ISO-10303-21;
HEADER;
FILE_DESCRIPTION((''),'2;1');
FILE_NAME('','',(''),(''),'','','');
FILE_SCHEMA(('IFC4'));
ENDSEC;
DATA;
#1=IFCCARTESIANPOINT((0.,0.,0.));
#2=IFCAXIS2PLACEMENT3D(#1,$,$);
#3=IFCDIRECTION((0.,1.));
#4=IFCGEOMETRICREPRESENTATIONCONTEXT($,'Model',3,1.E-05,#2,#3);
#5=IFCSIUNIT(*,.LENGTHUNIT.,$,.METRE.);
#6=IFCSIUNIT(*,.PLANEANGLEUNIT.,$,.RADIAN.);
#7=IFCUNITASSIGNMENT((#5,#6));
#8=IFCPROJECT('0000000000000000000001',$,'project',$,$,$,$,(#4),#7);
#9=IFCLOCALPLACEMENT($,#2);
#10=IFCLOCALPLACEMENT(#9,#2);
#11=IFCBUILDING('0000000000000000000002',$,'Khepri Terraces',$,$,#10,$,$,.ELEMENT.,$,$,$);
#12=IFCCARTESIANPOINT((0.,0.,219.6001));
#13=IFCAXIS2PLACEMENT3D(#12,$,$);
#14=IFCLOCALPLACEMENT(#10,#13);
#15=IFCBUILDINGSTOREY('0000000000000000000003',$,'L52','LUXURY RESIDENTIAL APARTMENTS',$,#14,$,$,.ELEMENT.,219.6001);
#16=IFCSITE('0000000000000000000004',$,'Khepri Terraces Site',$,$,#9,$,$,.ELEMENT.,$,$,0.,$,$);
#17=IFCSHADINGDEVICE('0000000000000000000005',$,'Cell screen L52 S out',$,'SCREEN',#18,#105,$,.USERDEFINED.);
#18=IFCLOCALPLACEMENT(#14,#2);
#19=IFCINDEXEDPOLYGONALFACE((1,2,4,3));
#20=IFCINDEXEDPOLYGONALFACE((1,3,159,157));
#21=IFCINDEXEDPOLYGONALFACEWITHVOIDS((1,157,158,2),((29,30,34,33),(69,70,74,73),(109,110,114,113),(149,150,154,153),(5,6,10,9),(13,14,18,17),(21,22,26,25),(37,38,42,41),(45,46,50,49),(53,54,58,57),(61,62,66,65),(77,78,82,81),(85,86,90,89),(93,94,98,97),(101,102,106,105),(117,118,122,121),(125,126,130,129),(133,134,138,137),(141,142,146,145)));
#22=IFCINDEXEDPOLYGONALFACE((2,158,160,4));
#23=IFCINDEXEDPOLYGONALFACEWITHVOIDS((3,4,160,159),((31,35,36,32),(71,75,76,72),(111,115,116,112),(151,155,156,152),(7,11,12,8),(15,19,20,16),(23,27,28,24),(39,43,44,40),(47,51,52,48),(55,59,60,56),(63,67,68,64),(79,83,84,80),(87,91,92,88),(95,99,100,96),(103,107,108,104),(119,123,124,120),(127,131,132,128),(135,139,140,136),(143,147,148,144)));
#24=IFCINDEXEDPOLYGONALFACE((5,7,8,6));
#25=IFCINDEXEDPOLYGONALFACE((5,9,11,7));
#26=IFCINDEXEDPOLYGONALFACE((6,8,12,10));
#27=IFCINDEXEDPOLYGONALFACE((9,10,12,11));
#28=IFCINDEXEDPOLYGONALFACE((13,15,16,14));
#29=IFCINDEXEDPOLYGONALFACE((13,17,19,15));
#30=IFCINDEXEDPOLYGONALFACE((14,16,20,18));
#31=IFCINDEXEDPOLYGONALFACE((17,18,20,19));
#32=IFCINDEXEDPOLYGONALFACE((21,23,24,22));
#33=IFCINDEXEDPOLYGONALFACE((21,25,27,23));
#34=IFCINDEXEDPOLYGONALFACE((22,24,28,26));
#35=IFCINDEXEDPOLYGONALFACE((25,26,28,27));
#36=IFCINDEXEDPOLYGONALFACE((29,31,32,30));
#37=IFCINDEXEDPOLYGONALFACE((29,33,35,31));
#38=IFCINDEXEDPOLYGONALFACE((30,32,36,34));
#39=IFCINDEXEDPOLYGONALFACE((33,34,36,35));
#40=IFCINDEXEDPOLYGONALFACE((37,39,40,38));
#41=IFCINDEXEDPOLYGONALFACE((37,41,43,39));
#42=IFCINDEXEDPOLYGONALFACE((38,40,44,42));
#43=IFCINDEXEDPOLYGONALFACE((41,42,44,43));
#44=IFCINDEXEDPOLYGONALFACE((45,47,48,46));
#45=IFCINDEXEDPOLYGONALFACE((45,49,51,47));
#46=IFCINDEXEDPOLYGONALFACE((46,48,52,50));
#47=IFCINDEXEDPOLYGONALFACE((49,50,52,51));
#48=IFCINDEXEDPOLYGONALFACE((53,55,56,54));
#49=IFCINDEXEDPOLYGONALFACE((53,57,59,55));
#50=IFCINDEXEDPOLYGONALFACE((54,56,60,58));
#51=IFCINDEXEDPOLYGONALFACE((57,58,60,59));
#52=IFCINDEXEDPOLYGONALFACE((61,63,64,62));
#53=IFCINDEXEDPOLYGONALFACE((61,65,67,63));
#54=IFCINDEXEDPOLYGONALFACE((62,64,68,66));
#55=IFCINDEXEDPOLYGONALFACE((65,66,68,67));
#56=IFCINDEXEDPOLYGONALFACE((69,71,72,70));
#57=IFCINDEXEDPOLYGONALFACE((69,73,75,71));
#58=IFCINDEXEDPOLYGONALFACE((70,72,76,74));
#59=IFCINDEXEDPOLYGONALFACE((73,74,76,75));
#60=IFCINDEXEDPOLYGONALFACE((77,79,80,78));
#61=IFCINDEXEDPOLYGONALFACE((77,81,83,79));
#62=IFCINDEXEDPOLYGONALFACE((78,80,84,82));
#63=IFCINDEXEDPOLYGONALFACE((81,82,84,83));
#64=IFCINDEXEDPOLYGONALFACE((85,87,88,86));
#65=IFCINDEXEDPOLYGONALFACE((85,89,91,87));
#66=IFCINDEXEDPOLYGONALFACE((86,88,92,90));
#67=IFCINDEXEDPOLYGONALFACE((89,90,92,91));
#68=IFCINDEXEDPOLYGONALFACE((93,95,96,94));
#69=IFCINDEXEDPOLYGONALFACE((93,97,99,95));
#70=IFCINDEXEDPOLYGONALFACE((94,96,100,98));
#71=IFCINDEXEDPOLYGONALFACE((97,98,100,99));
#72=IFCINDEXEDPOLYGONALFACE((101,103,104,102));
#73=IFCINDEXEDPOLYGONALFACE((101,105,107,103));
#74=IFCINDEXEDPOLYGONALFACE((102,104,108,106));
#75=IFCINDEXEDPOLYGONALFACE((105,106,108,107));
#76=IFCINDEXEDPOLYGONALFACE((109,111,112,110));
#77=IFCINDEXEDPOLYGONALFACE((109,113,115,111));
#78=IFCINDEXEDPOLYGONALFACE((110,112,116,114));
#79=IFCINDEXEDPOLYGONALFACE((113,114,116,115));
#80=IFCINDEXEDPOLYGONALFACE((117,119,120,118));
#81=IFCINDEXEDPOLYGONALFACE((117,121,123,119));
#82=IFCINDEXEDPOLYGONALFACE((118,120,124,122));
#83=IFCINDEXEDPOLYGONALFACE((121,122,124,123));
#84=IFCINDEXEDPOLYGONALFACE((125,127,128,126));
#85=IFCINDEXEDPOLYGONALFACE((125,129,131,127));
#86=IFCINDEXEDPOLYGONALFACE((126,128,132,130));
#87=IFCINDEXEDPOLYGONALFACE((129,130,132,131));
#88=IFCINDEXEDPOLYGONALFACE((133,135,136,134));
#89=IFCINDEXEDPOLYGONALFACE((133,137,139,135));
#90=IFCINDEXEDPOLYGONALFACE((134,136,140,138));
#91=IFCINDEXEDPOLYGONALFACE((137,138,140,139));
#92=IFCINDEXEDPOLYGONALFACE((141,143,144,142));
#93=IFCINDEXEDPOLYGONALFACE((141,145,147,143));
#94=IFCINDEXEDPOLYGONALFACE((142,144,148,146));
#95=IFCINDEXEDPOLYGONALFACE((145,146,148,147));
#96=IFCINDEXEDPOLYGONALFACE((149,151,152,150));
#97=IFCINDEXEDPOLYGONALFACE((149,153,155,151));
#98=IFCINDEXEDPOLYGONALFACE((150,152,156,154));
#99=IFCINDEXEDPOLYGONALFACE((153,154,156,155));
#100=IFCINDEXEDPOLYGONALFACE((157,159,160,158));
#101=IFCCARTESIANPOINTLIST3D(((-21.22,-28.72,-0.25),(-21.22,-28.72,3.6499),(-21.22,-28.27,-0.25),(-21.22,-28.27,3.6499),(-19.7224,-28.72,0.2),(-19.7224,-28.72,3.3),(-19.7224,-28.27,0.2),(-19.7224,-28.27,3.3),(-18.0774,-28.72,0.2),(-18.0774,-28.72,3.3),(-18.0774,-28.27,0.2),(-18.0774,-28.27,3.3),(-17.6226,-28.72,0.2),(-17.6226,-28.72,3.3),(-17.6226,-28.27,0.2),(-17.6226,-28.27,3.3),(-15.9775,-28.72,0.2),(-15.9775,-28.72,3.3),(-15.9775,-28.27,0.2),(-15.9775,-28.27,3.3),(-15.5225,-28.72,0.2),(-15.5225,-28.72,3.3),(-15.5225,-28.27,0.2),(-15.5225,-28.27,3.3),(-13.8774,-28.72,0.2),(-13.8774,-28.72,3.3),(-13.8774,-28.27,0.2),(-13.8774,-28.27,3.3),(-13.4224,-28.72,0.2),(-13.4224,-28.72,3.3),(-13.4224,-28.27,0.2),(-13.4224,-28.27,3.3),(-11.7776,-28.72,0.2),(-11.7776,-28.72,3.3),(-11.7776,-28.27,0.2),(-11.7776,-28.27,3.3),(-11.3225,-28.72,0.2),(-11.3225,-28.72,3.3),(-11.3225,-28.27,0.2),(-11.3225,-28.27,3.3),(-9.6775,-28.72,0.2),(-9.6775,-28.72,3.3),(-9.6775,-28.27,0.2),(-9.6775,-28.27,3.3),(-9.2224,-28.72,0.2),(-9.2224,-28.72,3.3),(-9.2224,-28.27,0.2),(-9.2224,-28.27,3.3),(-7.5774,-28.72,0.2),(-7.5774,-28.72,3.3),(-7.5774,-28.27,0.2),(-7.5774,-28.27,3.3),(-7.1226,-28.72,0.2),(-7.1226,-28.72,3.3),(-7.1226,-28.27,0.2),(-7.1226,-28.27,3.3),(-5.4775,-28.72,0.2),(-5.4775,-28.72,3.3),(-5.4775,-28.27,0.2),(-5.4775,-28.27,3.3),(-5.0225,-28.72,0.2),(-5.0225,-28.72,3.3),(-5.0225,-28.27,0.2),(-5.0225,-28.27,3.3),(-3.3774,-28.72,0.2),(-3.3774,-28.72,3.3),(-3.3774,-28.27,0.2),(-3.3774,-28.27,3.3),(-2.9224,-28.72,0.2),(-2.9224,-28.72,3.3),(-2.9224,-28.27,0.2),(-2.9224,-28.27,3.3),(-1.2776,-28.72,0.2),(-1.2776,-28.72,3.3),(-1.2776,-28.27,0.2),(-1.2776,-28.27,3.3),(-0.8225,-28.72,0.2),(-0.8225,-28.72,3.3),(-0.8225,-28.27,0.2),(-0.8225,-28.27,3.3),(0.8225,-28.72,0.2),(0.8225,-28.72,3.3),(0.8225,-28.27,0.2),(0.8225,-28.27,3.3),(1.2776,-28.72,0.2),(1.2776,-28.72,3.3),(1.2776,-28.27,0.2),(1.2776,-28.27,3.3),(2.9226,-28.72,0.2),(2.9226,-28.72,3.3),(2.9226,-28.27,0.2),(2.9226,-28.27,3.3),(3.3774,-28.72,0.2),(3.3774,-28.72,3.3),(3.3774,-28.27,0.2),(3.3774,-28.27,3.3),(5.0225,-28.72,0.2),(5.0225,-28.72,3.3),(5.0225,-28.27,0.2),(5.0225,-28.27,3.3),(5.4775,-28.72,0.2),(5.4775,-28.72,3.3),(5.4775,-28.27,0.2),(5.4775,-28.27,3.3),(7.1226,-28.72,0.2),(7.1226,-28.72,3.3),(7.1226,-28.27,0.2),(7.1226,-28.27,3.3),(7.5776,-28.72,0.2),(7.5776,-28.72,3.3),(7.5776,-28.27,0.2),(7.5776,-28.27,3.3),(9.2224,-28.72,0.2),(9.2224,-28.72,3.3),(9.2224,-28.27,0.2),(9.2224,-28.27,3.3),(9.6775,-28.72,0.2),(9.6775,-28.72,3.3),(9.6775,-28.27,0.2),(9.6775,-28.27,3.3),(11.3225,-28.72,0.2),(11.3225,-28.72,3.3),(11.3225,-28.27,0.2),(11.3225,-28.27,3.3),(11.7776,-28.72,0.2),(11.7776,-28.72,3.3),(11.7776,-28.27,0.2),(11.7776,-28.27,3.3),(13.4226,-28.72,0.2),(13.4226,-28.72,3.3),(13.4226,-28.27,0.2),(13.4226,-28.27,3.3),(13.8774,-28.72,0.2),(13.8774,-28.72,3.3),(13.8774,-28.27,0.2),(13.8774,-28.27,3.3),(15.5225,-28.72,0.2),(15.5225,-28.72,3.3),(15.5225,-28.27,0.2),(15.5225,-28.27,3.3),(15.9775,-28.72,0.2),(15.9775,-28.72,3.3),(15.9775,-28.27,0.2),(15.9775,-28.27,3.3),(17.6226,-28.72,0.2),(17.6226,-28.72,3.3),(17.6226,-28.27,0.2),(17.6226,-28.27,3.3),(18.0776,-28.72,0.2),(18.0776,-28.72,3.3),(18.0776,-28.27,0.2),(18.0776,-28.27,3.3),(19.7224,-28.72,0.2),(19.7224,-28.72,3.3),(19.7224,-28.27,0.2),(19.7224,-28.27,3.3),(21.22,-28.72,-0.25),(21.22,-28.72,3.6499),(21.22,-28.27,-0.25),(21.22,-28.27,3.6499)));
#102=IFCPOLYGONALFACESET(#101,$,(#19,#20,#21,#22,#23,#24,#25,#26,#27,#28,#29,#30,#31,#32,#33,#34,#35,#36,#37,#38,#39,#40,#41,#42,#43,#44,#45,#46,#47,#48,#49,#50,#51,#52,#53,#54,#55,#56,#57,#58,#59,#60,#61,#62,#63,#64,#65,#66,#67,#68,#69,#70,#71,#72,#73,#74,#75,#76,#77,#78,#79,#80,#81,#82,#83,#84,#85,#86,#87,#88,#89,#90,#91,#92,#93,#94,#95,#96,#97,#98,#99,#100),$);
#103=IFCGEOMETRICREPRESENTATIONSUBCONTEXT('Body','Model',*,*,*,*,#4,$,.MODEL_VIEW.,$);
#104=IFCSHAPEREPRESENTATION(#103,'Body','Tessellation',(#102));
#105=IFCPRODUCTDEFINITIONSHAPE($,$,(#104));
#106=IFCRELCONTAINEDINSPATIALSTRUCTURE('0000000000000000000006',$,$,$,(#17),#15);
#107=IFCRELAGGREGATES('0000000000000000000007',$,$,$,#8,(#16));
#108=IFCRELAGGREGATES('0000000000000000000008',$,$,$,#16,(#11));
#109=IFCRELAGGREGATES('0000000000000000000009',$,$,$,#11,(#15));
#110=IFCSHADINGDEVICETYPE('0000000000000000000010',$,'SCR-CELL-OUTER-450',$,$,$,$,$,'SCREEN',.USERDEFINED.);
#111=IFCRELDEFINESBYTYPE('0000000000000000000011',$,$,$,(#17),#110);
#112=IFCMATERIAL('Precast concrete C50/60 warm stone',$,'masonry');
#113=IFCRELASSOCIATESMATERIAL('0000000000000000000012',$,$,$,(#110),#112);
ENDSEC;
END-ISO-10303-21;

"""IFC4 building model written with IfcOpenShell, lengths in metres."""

from ifc_helpers import new_model, si_unit, direction, frame, origin, place, context, subcontext, project, spatial, polyline, outline, extrude, material, type_object, element, save


model = new_model("IFC4")

# Units and contexts
model_context = context("Model", 3, precision=1e-05, world=origin(), true_north=direction((0.0, 1.0)))
body_context = subcontext(model_context, "Body", "Model", "MODEL_VIEW")
ifc_project = project(units=[si_unit("LENGTHUNIT", "METRE"), si_unit("PLANEANGLEUNIT", "RADIAN")], contexts=[model_context])

# Site, building, storey
site_placement = place(None, origin())
site = spatial("IfcSite", under=ifc_project, at=site_placement, Name="Khepri Terraces Site", CompositionType="ELEMENT", RefElevation=0.0)
building_placement = place(site_placement, origin())
building = spatial("IfcBuilding", under=site, at=building_placement, Name="Khepri Terraces", CompositionType="ELEMENT")
storey_placement = place(building_placement, frame((0.0, 0.0, 219.6001)))
storey = spatial("IfcBuildingStorey", under=building, at=storey_placement, Name="L52", Description="LUXURY RESIDENTIAL APARTMENTS", CompositionType="ELEMENT", Elevation=219.6001)

# Shared definitions
ifc_material_1 = material(Name="Precast concrete C50/60 warm stone", Category="masonry")

# Shading device
shading_device_type_1 = type_object("IfcShadingDeviceType", Name="SCR-CELL-OUTER-450", ElementType="SCREEN", PredefinedType="USERDEFINED", material=ifc_material_1)
shading_device_1_placement = place(storey_placement, frame((-21.22, -28.27, -0.25), z_axis=(0.0, -1.0, 0.0), x_axis=(1.0, 0.0, 0.0)))
element("IfcShadingDevice", 1, at=shading_device_1_placement, inside=storey, type_object=shading_device_type_1, Name="Cell screen L52 S out", ObjectType="SCREEN", PredefinedType="USERDEFINED", context=body_context, shape_type="SweptSolid", body=[
    extrude(outline(polyline([(0.0, 0.0), (42.4399, 0.0), (42.4399, 3.8999), (0.0, 3.8999), (0.0, 0.0)]), holes=[polyline([(1.4976, 0.45), (3.1426, 0.45), (3.1426, 3.55), (1.4976, 3.55), (1.4976, 0.45)]), polyline([(3.5974, 0.45), (5.2424, 0.45), (5.2424, 3.55), (3.5974, 3.55), (3.5974, 0.45)]), polyline([(5.6975, 0.45), (7.3425, 0.45), (7.3425, 3.55), (5.6975, 3.55), (5.6975, 0.45)]), polyline([(7.7976, 0.45), (9.4424, 0.45), (9.4424, 3.55), (7.7976, 3.55), (7.7976, 0.45)]), polyline([(9.8975, 0.45), (11.5425, 0.45), (11.5425, 3.55), (9.8975, 3.55), (9.8975, 0.45)]), polyline([(11.9976, 0.45), (13.6426, 0.45), (13.6426, 3.55), (11.9976, 3.55), (11.9976, 0.45)]), polyline([(14.0974, 0.45), (15.7424, 0.45), (15.7424, 3.55), (14.0974, 3.55), (14.0974, 0.45)]), polyline([(16.1975, 0.45), (17.8425, 0.45), (17.8425, 3.55), (16.1975, 3.55), (16.1975, 0.45)]), polyline([(18.2976, 0.45), (19.9424, 0.45), (19.9424, 3.55), (18.2976, 3.55), (18.2976, 0.45)]), polyline([(20.3975, 0.45), (22.0425, 0.45), (22.0425, 3.55), (20.3975, 3.55), (20.3975, 0.45)]), polyline([(22.4976, 0.45), (24.1426, 0.45), (24.1426, 3.55), (22.4976, 3.55), (22.4976, 0.45)]), polyline([(24.5974, 0.45), (26.2424, 0.45), (26.2424, 3.55), (24.5974, 3.55), (24.5974, 0.45)]), polyline([(26.6975, 0.45), (28.3425, 0.45), (28.3425, 3.55), (26.6975, 3.55), (26.6975, 0.45)]), polyline([(28.7976, 0.45), (30.4424, 0.45), (30.4424, 3.55), (28.7976, 3.55), (28.7976, 0.45)]), polyline([(30.8975, 0.45), (32.5425, 0.45), (32.5425, 3.55), (30.8975, 3.55), (30.8975, 0.45)]), polyline([(32.9976, 0.45), (34.6426, 0.45), (34.6426, 3.55), (32.9976, 3.55), (32.9976, 0.45)]), polyline([(35.0974, 0.45), (36.7424, 0.45), (36.7424, 3.55), (35.0974, 3.55), (35.0974, 0.45)]), polyline([(37.1975, 0.45), (38.8425, 0.45), (38.8425, 3.55), (37.1975, 3.55), (37.1975, 0.45)]), polyline([(39.2976, 0.45), (40.9424, 0.45), (40.9424, 3.55), (39.2976, 3.55), (39.2976, 0.45)])]), origin(), (0.0, 0.0, 1.0), 0.45),
])

save(model, "model.ifc")
